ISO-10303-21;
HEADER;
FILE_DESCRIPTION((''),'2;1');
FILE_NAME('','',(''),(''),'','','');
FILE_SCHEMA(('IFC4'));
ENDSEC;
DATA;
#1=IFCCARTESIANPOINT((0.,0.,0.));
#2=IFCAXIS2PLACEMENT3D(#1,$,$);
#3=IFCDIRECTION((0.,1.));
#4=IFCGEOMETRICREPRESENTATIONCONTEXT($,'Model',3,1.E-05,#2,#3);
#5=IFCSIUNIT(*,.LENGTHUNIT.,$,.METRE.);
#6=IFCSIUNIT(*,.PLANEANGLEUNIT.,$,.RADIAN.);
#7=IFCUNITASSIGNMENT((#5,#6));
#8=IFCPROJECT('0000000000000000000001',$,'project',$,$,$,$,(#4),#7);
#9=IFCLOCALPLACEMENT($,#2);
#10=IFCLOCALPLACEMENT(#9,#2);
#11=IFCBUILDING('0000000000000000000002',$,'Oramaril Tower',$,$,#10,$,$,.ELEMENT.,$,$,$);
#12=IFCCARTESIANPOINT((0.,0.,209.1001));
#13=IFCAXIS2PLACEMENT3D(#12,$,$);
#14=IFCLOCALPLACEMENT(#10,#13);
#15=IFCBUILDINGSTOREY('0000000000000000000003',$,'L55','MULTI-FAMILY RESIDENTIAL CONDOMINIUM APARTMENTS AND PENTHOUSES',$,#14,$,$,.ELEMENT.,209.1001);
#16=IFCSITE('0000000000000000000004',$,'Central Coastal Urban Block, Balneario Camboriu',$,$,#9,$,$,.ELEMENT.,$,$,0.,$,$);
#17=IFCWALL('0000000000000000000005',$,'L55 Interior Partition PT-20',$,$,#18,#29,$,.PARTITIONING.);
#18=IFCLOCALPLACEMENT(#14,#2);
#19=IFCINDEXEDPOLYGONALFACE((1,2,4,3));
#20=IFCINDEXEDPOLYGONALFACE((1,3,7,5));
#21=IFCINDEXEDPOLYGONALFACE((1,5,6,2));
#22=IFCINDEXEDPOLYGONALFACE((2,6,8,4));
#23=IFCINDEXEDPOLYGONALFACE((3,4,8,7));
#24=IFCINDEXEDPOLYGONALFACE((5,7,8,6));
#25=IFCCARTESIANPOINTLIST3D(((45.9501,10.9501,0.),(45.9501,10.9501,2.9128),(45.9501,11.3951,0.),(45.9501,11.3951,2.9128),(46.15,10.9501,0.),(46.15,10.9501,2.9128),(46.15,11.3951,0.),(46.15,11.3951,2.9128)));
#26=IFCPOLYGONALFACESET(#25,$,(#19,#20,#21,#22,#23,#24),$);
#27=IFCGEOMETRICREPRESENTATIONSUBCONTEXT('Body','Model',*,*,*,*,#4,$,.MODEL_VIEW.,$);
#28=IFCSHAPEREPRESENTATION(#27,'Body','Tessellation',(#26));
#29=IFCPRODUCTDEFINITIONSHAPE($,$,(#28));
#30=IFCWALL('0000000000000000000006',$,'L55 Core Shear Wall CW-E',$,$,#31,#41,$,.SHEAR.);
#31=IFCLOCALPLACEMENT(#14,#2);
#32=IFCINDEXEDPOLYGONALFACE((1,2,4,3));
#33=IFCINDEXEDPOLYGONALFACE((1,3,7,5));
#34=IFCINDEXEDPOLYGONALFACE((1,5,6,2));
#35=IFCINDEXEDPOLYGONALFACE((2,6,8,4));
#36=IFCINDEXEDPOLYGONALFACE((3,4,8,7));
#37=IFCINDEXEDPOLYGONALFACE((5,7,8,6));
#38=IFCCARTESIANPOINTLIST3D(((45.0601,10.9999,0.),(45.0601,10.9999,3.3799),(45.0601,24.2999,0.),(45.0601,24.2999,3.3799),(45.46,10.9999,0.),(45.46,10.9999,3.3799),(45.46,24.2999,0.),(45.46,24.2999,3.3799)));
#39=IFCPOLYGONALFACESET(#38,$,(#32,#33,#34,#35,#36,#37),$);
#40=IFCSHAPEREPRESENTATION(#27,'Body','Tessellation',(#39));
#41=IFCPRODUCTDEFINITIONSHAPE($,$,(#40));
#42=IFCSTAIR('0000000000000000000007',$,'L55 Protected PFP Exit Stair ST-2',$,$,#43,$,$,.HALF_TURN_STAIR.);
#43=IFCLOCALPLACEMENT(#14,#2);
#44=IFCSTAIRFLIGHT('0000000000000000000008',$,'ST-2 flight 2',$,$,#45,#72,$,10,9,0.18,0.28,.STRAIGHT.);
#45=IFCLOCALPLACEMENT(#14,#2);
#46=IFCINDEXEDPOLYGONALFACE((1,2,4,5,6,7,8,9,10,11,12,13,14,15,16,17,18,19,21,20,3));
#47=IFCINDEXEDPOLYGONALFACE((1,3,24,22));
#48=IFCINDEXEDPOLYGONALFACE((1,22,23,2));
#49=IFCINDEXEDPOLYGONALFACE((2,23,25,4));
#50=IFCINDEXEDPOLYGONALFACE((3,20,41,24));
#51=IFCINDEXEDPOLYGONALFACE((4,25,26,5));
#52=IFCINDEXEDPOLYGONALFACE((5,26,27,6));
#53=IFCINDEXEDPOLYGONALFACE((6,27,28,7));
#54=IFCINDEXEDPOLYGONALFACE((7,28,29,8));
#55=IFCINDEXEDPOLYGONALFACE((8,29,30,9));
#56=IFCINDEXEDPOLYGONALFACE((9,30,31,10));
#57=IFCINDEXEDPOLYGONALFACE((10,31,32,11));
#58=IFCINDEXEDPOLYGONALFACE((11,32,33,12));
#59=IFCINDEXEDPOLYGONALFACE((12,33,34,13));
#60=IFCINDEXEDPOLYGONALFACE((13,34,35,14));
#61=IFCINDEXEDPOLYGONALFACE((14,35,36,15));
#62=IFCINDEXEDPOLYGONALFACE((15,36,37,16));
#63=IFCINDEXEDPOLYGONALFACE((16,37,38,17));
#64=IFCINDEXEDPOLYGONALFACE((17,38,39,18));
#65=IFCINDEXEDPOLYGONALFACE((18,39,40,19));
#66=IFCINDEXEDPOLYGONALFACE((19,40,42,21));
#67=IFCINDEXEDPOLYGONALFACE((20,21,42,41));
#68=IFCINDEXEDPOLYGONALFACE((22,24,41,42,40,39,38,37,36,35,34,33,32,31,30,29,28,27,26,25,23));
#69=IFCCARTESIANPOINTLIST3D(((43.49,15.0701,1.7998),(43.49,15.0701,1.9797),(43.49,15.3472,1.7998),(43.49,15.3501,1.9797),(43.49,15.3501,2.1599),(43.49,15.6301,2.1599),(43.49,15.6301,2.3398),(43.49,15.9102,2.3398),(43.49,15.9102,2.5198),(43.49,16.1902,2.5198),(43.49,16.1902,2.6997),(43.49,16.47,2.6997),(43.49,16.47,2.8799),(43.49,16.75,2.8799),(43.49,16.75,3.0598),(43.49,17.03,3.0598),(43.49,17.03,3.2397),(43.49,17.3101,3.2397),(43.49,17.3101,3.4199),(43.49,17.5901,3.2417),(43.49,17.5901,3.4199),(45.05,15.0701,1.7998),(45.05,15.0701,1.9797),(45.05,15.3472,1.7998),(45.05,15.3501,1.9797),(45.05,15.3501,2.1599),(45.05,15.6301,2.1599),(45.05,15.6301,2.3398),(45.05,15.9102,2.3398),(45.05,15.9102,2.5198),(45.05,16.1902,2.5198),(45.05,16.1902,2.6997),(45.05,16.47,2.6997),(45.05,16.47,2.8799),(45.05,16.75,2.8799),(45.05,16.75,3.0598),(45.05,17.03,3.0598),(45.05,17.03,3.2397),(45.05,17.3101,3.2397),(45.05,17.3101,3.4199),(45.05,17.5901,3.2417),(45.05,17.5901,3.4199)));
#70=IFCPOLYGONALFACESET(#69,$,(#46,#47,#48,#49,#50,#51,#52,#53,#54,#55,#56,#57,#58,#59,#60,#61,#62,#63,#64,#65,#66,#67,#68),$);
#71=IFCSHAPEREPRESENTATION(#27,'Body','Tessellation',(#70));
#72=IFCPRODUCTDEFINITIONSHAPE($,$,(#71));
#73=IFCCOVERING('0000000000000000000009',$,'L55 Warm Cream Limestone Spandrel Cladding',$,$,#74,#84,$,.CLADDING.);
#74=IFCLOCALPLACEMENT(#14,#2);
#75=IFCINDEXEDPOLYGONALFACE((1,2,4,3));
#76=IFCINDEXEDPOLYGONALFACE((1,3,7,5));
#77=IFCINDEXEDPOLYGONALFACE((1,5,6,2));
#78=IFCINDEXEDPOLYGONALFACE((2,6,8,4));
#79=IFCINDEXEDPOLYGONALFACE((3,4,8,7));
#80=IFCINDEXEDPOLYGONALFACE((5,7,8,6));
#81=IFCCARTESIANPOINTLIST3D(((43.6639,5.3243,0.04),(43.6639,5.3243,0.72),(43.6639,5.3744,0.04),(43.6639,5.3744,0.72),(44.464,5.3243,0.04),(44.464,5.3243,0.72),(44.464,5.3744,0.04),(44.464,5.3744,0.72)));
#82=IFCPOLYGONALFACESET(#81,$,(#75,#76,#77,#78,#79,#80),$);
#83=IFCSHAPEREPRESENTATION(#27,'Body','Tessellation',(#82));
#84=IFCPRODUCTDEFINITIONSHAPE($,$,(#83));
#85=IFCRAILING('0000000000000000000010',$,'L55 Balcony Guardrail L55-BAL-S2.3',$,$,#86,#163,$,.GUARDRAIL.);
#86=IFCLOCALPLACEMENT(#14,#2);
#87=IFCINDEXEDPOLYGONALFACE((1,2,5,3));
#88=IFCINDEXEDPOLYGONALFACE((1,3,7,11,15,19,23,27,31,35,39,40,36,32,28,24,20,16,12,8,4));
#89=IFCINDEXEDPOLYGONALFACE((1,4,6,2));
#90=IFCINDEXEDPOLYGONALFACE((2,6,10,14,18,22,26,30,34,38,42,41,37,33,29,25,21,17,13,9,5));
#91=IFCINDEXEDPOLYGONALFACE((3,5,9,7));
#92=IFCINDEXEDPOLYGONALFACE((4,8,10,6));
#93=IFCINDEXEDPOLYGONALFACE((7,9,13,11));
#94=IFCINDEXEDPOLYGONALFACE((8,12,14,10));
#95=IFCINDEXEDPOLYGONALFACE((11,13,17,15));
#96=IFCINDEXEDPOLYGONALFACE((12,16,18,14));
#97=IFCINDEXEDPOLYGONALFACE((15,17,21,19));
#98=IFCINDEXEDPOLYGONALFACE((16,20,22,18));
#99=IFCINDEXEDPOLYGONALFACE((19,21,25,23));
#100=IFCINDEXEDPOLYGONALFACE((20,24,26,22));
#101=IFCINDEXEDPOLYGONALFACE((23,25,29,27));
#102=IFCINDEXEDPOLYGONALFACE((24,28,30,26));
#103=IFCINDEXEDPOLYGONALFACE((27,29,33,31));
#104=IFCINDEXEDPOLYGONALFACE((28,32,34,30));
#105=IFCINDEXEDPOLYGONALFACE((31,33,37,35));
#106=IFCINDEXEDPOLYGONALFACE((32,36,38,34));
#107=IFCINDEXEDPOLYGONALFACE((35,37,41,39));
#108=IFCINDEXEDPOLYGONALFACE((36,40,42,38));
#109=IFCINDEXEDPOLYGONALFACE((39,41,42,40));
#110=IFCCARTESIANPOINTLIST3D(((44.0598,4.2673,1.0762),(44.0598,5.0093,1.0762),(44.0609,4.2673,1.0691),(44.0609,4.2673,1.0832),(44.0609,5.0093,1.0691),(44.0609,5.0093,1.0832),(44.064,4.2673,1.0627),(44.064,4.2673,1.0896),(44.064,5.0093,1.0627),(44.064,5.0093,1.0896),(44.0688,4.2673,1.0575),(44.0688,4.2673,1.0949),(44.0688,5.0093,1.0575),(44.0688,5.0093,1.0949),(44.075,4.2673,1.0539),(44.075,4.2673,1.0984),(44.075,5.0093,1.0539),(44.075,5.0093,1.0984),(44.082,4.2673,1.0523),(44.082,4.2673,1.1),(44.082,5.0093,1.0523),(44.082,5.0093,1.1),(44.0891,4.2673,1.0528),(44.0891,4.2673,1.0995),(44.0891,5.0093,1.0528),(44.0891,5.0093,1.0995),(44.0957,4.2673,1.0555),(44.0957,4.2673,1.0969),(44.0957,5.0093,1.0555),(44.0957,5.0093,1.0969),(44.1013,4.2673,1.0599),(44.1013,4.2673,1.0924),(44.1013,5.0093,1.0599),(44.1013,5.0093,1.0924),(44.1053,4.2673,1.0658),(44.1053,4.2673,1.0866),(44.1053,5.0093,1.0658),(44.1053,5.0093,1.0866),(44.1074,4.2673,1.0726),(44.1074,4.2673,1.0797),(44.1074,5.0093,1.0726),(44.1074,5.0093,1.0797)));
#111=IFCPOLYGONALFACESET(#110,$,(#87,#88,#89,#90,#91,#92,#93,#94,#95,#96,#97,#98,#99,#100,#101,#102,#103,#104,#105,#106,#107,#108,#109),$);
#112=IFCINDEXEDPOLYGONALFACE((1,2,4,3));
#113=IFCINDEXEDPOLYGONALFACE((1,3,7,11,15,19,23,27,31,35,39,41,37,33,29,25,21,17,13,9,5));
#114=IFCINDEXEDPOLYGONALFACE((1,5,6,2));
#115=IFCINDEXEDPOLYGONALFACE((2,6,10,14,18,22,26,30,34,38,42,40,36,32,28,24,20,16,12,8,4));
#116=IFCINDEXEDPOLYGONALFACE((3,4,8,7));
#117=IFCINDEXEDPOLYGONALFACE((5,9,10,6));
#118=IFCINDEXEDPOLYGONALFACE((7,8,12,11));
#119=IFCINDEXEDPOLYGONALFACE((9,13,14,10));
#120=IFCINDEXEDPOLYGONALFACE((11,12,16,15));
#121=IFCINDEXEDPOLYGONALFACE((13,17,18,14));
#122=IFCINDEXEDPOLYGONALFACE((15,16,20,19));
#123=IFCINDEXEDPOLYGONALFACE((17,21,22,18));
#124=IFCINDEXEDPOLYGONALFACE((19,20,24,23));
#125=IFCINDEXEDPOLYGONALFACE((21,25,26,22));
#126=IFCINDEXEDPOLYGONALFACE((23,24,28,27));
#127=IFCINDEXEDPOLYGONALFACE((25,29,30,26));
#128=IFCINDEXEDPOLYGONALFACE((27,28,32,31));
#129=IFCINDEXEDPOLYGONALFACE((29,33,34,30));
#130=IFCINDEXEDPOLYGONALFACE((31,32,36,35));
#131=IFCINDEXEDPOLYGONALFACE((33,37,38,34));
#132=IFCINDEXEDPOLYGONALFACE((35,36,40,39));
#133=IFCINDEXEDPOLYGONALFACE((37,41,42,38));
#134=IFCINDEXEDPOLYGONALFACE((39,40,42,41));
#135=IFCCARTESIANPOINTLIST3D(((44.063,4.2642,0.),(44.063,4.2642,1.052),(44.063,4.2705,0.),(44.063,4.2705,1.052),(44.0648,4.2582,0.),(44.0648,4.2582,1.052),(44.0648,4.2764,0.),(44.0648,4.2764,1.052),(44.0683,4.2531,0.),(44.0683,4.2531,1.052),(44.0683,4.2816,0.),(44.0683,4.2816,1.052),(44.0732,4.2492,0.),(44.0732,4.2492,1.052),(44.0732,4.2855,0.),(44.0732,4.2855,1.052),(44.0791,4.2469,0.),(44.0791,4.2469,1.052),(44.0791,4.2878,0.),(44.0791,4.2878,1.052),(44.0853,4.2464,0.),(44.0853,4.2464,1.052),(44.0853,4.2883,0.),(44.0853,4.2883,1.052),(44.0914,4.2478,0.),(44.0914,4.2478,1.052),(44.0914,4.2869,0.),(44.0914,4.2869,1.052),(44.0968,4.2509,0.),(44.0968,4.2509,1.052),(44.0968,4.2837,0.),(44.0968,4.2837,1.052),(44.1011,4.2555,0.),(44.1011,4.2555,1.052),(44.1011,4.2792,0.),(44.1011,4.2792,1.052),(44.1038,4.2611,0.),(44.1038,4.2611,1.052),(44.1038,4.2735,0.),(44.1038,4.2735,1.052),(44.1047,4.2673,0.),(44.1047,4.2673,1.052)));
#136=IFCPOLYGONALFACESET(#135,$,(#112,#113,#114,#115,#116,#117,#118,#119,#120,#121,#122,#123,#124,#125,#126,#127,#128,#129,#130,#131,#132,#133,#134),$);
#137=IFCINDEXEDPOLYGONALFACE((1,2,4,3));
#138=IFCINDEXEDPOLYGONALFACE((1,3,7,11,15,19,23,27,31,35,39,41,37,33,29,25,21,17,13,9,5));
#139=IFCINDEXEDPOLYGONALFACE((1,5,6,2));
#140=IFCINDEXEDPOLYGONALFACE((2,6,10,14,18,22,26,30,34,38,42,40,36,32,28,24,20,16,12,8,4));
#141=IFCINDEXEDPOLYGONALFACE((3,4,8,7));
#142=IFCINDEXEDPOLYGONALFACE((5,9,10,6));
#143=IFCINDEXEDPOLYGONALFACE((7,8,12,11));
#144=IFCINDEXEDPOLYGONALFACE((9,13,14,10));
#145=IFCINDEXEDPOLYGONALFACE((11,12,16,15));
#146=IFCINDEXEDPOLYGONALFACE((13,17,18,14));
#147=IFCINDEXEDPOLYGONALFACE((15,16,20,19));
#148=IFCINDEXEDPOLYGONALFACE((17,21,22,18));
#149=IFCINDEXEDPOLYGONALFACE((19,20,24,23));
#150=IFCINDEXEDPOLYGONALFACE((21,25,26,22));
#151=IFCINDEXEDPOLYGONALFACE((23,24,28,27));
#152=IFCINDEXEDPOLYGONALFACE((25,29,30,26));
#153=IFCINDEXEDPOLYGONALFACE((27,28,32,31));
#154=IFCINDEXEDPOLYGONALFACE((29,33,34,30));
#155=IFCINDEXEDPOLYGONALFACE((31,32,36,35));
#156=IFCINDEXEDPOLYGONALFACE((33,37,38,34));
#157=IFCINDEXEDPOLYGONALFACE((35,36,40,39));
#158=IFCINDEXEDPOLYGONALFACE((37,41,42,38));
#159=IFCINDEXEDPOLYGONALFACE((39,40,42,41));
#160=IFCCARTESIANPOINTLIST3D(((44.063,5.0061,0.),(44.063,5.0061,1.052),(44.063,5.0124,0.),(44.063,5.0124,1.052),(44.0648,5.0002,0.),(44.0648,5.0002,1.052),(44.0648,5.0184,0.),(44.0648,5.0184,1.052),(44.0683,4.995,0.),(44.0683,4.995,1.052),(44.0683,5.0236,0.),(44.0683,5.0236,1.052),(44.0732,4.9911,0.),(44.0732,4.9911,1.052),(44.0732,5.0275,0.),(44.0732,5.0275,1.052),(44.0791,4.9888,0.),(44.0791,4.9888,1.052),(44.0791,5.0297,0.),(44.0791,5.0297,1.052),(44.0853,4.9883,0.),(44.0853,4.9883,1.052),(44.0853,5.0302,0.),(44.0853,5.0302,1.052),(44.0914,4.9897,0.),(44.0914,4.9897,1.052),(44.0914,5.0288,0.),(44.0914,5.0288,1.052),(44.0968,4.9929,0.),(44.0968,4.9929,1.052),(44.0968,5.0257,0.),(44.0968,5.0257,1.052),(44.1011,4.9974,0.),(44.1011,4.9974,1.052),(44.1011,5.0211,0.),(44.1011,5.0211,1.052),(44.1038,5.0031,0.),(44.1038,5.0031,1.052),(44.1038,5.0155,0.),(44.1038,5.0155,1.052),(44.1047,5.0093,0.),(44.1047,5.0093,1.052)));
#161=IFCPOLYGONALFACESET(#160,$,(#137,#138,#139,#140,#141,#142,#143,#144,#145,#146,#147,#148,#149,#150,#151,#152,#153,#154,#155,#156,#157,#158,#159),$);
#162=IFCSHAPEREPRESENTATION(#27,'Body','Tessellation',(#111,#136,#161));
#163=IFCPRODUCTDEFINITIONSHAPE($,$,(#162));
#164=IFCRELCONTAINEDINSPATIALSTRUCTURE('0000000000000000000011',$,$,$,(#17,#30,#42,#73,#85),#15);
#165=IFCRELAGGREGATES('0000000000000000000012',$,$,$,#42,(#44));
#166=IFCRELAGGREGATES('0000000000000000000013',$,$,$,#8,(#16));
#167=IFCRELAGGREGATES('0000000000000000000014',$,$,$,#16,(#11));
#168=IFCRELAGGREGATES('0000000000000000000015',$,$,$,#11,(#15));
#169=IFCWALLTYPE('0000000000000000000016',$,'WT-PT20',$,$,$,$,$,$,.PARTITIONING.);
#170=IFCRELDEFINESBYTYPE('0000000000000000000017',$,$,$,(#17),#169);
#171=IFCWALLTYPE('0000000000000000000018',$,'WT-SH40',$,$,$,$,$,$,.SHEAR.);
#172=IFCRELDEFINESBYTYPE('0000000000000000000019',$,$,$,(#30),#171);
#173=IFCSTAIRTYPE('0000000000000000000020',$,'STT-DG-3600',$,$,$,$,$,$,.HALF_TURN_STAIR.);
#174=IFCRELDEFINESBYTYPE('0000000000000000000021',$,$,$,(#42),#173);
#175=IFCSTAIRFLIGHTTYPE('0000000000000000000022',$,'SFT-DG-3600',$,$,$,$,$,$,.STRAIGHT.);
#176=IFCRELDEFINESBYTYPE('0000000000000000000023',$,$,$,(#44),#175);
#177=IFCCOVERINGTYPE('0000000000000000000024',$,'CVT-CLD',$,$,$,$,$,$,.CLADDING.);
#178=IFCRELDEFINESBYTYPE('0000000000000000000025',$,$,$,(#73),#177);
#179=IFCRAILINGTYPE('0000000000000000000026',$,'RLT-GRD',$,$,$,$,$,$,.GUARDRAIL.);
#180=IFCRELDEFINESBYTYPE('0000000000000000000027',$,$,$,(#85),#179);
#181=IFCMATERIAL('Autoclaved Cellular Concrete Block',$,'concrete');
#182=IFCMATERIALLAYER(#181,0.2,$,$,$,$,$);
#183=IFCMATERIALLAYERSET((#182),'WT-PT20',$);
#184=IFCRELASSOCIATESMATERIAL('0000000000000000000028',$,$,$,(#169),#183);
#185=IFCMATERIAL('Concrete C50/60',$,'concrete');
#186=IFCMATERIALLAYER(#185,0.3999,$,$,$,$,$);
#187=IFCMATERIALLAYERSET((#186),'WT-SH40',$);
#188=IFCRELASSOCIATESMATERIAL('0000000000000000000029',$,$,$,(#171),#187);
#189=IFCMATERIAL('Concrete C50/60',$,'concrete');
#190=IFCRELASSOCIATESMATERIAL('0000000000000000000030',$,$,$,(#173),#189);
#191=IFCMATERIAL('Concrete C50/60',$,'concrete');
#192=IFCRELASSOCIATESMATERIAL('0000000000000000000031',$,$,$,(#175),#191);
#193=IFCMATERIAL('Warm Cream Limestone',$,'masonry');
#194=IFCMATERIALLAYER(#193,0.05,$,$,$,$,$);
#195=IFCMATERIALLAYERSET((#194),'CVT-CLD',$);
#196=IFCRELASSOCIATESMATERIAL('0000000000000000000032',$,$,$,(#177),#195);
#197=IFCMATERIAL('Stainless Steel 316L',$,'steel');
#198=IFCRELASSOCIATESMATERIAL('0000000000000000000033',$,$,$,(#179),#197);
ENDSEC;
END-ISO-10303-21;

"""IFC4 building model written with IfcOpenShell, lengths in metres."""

from ifc_helpers import new_model, si_unit, direction, frame, frame_2d, origin, origin_2d, place, context, subcontext, project, spatial, polyline, rectangle, circle, outline, extrude, material, layer, layer_set, type_object, element, aggregate, save


model = new_model("IFC4")

# Units and contexts
model_context = context("Model", 3, precision=1e-05, world=origin(), true_north=direction((0.0, 1.0)))
body_context = subcontext(model_context, "Body", "Model", "MODEL_VIEW")
ifc_project = project(units=[si_unit("LENGTHUNIT", "METRE"), si_unit("PLANEANGLEUNIT", "RADIAN")], contexts=[model_context])

# Site, building, storey
site_placement = place(None, origin())
site = spatial("IfcSite", under=ifc_project, at=site_placement, Name="Central Coastal Urban Block, Balneario Camboriu", CompositionType="ELEMENT", RefElevation=0.0)
building_placement = place(site_placement, origin())
building = spatial("IfcBuilding", under=site, at=building_placement, Name="Oramaril Tower", CompositionType="ELEMENT")
storey_placement = place(building_placement, frame((0.0, 0.0, 209.1001)))
storey = spatial("IfcBuildingStorey", under=building, at=storey_placement, Name="L55", Description="MULTI-FAMILY RESIDENTIAL CONDOMINIUM APARTMENTS AND PENTHOUSES", CompositionType="ELEMENT", Elevation=209.1001)

# Walls
ifc_material_1 = material(Name="Autoclaved Cellular Concrete Block", Category="concrete")
ifc_layer_1 = layer(ifc_material_1, 0.2)
ifc_layer_set_1 = layer_set([ifc_layer_1], Name="WT-PT20")
wall_type_1 = type_object("IfcWallType", Name="WT-PT20", PredefinedType="PARTITIONING", material=ifc_layer_set_1)
wall_1_placement = place(storey_placement, frame((46.05, 10.95, 0.0), z_axis=(0.0, 0.0, 1.0), x_axis=(0.0, 1.0, 0.0)))
element("IfcWall", 1, at=wall_1_placement, inside=storey, type_object=wall_type_1, Name="L55 Interior Partition PT-20", PredefinedType="PARTITIONING", context=body_context, shape_type="SweptSolid", body=[
    extrude(rectangle(XDim=0.4451, YDim=0.2, at=frame_2d((0.2227, 0.0))), origin(), (0.0, 0.0, 1.0), 2.9128),
])
ifc_material_2 = material(Name="Concrete C50/60", Category="concrete")
ifc_layer_2 = layer(ifc_material_2, 0.3999)
ifc_layer_set_2 = layer_set([ifc_layer_2], Name="WT-SH40")
wall_type_2 = type_object("IfcWallType", Name="WT-SH40", PredefinedType="SHEAR", material=ifc_layer_set_2)
wall_2_placement = place(storey_placement, frame((45.26, 11.0, 0.0), z_axis=(0.0, 0.0, 1.0), x_axis=(0.0, 1.0, 0.0)))
element("IfcWall", 2, at=wall_2_placement, inside=storey, type_object=wall_type_2, Name="L55 Core Shear Wall CW-E", PredefinedType="SHEAR", context=body_context, shape_type="SweptSolid", body=[
    extrude(rectangle(XDim=13.3, YDim=0.3999, at=frame_2d((6.6499, 0.0))), origin(), (0.0, 0.0, 1.0), 3.3799),
])

# Stair, stair flight
ifc_material_3 = material(Name="Concrete C50/60", Category="concrete")
stair_type = type_object("IfcStairType", Name="STT-DG-3600", PredefinedType="HALF_TURN_STAIR", material=ifc_material_3)
stair_placement = place(storey_placement, origin())
stair = element("IfcStair", 3, at=stair_placement, inside=storey, type_object=stair_type, Name="L55 Protected PFP Exit Stair ST-2", PredefinedType="HALF_TURN_STAIR")
ifc_material_4 = material(Name="Concrete C50/60", Category="concrete")
stair_flight_type = type_object("IfcStairFlightType", Name="SFT-DG-3600", PredefinedType="STRAIGHT", material=ifc_material_4)
stair_flight_placement = place(storey_placement, frame((44.27, 15.0701, 1.7998), z_axis=(0.0, 0.0, 1.0), x_axis=(0.0, 1.0, 0.0)))
stair_flight = element("IfcStairFlight", 4, at=stair_flight_placement, type_object=stair_flight_type, Name="ST-2 flight 2", NumberOfRisers=10, NumberOfTreads=9, PredefinedType="STRAIGHT", RiserHeight=0.18, TreadLength=0.28, context=body_context, shape_type="SweptSolid", body=[
    extrude(outline(polyline([(0.0, 0.0), (0.0, 0.1799), (0.28, 0.1799), (0.28, 0.3601), (0.5601, 0.3601), (0.5601, 0.54), (0.8401, 0.54), (0.8401, 0.72), (1.1201, 0.72), (1.1201, 0.8999), (1.3999, 0.8999), (1.3999, 1.0801), (1.6799, 1.0801), (1.6799, 1.26), (1.96, 1.26), (1.96, 1.4399), (2.24, 1.4399), (2.24, 1.6201), (2.52, 1.6201), (2.52, 1.8), (2.52, 1.4419), (0.2771, 0.0), (0.0, 0.0)])), frame((0.0, 0.78, 0.0), z_axis=(0.0, -1.0, 0.0), x_axis=(1.0, 0.0, 0.0)), (0.0, 0.0, 1.0), 1.5601),
])
aggregate(stair, [stair_flight])

# Covering
ifc_material_5 = material(Name="Warm Cream Limestone", Category="masonry")
ifc_layer_3 = layer(ifc_material_5, 0.05)
ifc_layer_set_3 = layer_set([ifc_layer_3], Name="CVT-CLD")
covering_type = type_object("IfcCoveringType", Name="CVT-CLD", PredefinedType="CLADDING", material=ifc_layer_set_3)
covering_placement = place(storey_placement, frame((44.064, 5.3494, 0.04), z_axis=(0.0, 0.0, 1.0), x_axis=(1.0, 0.0, 0.0)))
element("IfcCovering", 5, at=covering_placement, inside=storey, type_object=covering_type, Name="L55 Warm Cream Limestone Spandrel Cladding", PredefinedType="CLADDING", context=body_context, shape_type="SweptSolid", body=[
    extrude(rectangle(XDim=0.8, YDim=0.05, at=origin_2d()), origin(), (0.0, 0.0, 1.0), 0.6799),
])

# Railing
ifc_material_6 = material(Name="Stainless Steel 316L", Category="steel")
railing_type_1 = type_object("IfcRailingType", Name="RLT-GRD", PredefinedType="GUARDRAIL", material=ifc_material_6)
railing_1_placement = place(storey_placement, frame((44.0837, 4.2673, 0.0)))
element("IfcRailing", 6, at=railing_1_placement, inside=storey, type_object=railing_type_1, Name="L55 Balcony Guardrail L55-BAL-S2.3", PredefinedType="GUARDRAIL", context=body_context, shape_type="SweptSolid", body=[
    extrude(circle(Radius=0.0239, at=origin_2d()), frame((0.0, 0.0, 1.0762), z_axis=(0.0, 1.0, 0.0), x_axis=(-1.0, 0.0, 0.0)), (0.0, 0.0, 1.0), 0.7419),
    extrude(circle(Radius=0.021, at=origin_2d()), origin(), (0.0, 0.0, 1.0), 1.052),
    extrude(circle(Radius=0.021, at=origin_2d()), frame((0.0, 0.7419, 0.0)), (0.0, 0.0, 1.0), 1.052),
])

save(model, "model.ifc")
